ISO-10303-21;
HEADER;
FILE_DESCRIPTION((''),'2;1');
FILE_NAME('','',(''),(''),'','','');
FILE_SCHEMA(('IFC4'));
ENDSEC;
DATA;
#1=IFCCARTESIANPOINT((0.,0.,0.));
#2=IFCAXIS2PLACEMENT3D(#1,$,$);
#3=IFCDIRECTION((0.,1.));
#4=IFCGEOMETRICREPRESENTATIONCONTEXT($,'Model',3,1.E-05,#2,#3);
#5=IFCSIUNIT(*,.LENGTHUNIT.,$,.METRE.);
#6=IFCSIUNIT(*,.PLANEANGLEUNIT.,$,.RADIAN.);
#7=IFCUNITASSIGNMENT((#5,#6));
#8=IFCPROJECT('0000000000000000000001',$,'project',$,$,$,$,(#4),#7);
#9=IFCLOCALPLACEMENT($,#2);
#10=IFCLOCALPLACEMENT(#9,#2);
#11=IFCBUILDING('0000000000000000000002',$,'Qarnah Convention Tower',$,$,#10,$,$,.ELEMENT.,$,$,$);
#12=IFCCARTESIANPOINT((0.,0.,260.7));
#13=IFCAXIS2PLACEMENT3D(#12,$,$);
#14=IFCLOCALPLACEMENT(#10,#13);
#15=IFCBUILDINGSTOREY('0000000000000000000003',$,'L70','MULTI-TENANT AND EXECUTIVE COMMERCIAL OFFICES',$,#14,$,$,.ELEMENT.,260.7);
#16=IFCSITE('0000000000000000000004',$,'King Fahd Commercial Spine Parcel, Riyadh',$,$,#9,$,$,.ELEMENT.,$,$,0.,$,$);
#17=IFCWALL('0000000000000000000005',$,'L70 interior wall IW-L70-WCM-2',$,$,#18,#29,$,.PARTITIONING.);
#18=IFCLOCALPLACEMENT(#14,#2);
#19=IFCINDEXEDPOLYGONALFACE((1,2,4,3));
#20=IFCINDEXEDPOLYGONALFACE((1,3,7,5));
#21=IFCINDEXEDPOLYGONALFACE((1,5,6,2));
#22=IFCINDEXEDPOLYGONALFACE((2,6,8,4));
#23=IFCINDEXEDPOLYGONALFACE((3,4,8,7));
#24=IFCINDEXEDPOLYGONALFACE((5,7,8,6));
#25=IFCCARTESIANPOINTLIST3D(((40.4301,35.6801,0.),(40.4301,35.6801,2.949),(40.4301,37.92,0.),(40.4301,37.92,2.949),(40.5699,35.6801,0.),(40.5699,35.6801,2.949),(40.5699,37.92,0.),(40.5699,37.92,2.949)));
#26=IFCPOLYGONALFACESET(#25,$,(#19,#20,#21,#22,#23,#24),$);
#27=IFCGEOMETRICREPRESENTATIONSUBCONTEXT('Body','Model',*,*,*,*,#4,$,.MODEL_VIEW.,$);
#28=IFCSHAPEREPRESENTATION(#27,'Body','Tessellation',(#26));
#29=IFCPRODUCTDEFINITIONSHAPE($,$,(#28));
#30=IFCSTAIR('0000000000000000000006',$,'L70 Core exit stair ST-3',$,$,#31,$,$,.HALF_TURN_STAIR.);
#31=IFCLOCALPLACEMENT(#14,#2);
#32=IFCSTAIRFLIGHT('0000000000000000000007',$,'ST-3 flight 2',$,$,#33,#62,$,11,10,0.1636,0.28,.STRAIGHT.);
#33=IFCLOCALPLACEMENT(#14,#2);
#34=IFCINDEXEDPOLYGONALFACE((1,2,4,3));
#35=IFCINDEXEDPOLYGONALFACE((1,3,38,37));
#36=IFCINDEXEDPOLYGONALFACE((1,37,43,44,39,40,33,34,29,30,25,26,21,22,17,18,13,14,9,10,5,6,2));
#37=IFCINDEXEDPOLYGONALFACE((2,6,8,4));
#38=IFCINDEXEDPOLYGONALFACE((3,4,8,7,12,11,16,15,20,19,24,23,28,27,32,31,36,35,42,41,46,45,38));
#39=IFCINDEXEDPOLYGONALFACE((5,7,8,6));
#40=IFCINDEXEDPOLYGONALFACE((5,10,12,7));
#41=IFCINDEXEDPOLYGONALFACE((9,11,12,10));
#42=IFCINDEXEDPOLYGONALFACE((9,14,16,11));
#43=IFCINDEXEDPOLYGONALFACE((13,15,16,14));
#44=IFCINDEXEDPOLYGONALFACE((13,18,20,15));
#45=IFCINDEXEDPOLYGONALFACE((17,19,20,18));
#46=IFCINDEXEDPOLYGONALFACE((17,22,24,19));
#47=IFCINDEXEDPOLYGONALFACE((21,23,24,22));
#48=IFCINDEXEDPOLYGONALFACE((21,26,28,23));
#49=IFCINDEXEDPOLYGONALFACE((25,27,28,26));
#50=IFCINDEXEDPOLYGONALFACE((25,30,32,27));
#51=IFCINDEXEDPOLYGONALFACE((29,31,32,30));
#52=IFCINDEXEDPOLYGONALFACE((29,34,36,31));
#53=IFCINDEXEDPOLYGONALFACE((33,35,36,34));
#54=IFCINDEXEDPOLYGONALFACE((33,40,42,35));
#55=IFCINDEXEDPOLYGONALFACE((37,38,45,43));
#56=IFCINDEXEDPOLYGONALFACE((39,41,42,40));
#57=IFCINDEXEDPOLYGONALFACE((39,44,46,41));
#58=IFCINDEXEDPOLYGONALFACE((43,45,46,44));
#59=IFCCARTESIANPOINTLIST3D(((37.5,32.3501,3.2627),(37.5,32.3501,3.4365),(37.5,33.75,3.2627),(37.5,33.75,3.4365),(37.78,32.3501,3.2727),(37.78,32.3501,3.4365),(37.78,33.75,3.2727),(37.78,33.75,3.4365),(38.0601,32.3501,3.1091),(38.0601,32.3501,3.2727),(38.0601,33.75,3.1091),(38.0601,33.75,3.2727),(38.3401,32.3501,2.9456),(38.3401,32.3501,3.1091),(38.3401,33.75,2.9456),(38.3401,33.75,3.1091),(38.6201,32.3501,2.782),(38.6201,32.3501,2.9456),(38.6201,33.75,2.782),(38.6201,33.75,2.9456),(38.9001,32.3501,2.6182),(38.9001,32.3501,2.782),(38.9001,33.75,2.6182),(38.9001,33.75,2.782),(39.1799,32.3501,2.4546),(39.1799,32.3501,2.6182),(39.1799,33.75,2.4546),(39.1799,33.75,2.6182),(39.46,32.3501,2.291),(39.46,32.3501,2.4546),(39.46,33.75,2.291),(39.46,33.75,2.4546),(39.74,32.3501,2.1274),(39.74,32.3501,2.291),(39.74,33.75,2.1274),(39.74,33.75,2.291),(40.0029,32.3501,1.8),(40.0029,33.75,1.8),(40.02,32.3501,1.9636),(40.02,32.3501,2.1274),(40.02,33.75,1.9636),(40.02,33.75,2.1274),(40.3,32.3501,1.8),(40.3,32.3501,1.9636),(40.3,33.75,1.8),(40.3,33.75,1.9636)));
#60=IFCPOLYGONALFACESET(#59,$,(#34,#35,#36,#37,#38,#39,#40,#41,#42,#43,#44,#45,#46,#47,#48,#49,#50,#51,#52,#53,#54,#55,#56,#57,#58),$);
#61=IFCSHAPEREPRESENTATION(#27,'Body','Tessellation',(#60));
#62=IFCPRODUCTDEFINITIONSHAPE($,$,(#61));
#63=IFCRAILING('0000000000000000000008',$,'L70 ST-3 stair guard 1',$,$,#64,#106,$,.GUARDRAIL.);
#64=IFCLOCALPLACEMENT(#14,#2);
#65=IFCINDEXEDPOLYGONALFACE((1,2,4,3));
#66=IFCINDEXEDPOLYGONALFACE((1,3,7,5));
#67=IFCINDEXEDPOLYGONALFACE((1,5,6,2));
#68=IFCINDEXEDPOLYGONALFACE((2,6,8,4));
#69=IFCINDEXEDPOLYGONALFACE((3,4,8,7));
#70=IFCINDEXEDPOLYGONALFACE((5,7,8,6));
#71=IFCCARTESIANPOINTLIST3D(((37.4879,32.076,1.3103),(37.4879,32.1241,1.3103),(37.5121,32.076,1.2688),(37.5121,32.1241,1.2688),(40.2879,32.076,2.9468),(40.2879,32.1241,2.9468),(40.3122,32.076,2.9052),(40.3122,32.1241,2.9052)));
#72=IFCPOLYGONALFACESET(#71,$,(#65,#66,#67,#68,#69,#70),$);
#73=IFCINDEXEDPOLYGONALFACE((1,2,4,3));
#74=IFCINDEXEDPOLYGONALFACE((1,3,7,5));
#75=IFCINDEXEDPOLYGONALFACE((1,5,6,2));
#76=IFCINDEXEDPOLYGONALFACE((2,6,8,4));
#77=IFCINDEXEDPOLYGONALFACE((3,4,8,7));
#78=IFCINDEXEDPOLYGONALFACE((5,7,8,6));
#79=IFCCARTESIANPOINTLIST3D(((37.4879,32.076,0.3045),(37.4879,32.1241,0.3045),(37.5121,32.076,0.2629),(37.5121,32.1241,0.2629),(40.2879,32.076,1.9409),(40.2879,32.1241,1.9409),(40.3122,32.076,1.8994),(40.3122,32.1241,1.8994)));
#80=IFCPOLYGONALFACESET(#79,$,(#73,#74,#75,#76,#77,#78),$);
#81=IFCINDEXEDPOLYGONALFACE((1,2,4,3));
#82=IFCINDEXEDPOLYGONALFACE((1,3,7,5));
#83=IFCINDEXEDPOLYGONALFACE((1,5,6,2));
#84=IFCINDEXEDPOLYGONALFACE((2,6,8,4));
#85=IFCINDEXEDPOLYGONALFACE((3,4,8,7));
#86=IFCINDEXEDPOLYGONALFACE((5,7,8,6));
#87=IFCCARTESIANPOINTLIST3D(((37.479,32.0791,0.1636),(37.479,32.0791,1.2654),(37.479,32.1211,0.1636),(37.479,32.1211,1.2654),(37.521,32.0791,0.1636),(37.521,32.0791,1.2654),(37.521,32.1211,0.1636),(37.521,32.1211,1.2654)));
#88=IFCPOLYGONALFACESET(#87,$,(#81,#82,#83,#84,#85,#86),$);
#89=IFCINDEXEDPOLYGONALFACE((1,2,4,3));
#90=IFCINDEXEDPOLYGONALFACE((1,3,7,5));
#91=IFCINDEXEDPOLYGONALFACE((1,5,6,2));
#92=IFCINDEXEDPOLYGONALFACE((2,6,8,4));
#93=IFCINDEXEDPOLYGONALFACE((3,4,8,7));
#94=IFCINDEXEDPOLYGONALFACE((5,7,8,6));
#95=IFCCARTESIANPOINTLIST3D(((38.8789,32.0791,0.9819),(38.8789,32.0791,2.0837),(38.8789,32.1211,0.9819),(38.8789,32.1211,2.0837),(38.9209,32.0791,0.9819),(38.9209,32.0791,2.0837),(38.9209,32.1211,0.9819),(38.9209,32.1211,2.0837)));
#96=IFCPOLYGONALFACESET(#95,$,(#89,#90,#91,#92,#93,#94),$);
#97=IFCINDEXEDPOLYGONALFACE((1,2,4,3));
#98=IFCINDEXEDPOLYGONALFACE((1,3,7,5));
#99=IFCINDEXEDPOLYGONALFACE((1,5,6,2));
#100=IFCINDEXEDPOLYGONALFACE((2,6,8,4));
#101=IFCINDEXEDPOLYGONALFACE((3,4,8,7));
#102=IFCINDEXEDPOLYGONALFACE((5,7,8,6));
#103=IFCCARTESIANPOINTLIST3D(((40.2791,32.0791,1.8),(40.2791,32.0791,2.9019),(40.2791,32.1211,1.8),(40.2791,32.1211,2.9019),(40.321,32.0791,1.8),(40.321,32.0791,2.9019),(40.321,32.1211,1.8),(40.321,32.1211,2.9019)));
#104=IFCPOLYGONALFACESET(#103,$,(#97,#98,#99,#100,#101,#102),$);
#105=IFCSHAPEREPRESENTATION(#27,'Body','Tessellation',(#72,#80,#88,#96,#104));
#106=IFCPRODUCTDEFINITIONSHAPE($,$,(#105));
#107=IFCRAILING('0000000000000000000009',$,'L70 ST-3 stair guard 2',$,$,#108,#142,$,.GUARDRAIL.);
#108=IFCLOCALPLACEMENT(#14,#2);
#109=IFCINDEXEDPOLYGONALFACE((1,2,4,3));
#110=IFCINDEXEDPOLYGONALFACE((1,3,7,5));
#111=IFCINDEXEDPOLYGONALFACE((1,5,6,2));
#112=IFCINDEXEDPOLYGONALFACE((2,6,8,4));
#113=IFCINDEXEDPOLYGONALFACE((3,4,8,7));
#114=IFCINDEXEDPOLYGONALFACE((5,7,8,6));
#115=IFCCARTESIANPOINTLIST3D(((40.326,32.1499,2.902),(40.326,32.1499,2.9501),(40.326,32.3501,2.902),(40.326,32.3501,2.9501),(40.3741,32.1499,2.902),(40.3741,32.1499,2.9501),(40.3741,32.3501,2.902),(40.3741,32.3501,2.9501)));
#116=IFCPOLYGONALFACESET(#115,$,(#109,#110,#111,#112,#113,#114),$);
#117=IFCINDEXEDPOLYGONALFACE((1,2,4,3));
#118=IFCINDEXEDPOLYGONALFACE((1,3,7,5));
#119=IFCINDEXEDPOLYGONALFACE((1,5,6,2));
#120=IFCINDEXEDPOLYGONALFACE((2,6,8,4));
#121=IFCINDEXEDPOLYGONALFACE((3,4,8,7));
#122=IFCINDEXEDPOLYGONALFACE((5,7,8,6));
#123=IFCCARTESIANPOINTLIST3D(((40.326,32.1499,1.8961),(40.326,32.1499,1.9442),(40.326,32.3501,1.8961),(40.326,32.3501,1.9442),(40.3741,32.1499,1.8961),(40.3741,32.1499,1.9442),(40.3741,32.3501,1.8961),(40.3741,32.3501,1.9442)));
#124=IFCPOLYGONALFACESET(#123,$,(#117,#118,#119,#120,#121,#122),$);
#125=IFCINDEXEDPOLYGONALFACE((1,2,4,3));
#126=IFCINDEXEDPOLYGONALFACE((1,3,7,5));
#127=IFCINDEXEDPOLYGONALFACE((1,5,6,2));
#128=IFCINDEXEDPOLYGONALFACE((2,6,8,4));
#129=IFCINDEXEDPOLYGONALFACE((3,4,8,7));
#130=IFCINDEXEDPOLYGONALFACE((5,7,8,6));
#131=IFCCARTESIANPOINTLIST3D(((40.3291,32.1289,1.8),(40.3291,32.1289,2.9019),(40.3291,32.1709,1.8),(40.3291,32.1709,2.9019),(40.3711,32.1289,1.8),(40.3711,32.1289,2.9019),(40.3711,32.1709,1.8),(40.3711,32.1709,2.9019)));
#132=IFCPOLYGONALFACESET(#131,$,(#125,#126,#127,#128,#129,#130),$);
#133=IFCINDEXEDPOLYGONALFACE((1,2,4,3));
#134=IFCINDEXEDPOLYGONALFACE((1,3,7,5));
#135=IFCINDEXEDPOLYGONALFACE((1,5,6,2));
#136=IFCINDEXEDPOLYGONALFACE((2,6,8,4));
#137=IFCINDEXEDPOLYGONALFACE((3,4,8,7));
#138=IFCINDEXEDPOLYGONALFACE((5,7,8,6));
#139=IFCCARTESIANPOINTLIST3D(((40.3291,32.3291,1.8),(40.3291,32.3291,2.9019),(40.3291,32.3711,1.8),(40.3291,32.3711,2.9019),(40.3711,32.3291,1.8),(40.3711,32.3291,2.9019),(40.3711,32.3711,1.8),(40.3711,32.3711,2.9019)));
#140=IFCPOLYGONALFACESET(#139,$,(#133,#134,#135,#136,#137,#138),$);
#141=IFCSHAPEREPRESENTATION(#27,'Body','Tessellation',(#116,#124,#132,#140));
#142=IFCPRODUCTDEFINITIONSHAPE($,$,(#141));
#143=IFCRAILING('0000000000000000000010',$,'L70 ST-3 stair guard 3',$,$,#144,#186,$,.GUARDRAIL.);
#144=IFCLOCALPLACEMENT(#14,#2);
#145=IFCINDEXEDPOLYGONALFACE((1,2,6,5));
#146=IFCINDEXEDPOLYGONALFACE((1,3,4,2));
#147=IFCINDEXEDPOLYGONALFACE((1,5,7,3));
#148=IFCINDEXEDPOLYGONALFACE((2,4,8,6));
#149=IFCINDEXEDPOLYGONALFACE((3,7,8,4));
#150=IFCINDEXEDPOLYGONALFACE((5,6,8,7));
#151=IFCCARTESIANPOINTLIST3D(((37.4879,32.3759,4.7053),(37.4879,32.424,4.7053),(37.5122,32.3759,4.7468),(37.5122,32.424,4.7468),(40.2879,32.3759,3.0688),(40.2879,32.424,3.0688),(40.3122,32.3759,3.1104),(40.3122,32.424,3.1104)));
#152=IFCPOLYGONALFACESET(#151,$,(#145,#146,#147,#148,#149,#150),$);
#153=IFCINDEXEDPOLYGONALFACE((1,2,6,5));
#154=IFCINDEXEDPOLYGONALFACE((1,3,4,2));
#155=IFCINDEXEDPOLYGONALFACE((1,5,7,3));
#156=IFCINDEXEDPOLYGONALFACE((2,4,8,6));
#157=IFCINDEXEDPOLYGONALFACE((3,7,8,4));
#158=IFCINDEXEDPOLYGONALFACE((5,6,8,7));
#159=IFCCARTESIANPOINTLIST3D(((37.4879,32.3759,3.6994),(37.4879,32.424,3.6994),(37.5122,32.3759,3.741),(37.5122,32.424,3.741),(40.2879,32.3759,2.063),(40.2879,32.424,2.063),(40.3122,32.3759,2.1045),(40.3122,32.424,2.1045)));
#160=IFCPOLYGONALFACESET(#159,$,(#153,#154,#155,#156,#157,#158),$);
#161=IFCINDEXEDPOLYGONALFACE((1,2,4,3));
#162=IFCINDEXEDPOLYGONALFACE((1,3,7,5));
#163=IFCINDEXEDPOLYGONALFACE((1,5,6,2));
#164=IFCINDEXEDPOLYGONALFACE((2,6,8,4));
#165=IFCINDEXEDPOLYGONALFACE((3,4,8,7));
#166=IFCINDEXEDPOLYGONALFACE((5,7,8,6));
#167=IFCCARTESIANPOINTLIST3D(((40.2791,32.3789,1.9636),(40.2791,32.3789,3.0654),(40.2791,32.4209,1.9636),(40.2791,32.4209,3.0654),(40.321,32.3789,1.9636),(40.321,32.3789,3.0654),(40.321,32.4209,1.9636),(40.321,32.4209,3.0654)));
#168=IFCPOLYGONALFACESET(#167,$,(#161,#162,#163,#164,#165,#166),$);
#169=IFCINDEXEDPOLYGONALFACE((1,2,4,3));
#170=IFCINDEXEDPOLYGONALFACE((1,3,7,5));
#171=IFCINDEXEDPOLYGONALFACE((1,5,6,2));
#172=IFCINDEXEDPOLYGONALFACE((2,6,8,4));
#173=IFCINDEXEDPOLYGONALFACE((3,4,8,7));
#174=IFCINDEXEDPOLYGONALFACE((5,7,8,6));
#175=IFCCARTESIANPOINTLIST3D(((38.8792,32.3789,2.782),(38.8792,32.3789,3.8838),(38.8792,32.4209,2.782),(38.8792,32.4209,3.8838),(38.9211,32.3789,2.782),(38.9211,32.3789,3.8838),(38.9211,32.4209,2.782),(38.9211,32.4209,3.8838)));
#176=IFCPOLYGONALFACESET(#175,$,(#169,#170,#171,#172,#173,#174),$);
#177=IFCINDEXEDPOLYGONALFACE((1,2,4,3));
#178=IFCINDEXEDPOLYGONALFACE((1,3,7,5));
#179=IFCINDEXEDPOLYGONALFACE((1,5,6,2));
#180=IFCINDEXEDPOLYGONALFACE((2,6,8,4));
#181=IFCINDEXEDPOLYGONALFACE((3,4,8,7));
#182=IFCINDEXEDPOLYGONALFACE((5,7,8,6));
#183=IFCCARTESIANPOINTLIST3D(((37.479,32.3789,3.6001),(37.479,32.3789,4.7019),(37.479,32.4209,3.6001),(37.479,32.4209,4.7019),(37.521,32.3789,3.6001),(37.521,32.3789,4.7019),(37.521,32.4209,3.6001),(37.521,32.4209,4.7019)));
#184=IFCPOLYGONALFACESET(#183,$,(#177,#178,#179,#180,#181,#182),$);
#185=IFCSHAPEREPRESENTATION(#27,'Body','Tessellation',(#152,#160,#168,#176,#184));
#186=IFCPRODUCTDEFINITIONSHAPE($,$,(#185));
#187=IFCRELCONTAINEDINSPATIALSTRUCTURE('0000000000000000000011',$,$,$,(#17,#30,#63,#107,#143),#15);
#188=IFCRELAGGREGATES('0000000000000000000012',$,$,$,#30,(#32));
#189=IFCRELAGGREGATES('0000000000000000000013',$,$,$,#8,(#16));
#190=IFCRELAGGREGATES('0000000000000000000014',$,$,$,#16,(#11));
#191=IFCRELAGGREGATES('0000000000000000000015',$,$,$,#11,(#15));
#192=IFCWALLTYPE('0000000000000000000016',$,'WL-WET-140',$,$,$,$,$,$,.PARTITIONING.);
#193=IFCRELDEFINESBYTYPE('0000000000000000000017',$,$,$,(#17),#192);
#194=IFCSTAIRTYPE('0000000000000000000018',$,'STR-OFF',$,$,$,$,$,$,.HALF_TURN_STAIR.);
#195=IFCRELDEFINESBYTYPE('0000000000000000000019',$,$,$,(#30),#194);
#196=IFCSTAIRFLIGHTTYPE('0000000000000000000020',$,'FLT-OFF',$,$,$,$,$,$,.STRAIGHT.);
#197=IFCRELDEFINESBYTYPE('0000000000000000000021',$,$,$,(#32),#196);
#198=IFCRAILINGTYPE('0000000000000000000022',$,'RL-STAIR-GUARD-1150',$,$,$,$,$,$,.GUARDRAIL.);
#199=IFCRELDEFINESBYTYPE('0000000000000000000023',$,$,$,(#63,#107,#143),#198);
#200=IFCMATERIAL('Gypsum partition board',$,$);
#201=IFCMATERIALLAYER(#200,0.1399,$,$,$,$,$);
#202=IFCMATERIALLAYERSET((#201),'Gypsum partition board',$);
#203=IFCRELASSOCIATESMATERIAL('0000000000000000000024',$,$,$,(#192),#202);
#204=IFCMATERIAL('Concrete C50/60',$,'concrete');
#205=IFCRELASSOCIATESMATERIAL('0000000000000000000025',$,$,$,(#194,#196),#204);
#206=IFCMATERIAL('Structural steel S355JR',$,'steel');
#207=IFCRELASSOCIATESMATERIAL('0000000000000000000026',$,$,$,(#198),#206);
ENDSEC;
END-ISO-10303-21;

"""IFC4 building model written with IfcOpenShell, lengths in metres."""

from ifc_helpers import new_model, si_unit, direction, frame, frame_2d, origin, origin_2d, place, context, subcontext, project, spatial, polyline, rectangle, outline, extrude, material, layer, layer_set, type_object, element, aggregate, save


model = new_model("IFC4")

# Units and contexts
model_context = context("Model", 3, precision=1e-05, world=origin(), true_north=direction((0.0, 1.0)))
body_context = subcontext(model_context, "Body", "Model", "MODEL_VIEW")
ifc_project = project(units=[si_unit("LENGTHUNIT", "METRE"), si_unit("PLANEANGLEUNIT", "RADIAN")], contexts=[model_context])

# Site, building, storey
site_placement = place(None, origin())
site = spatial("IfcSite", under=ifc_project, at=site_placement, Name="King Fahd Commercial Spine Parcel, Riyadh", CompositionType="ELEMENT", RefElevation=0.0)
building_placement = place(site_placement, origin())
building = spatial("IfcBuilding", under=site, at=building_placement, Name="Qarnah Convention Tower", CompositionType="ELEMENT")
storey_placement = place(building_placement, frame((0.0, 0.0, 260.7)))
storey = spatial("IfcBuildingStorey", under=building, at=storey_placement, Name="L70", Description="MULTI-TENANT AND EXECUTIVE COMMERCIAL OFFICES", CompositionType="ELEMENT", Elevation=260.7)

# Shared definitions
ifc_material_1 = material(Name="Concrete C50/60", Category="concrete")

# Shared definitions
ifc_material_2 = material(Name="Structural steel S355JR", Category="steel")

# Wall
ifc_material_3 = material(Name="Gypsum partition board")
ifc_layer_1 = layer(ifc_material_3, 0.1399)
ifc_layer_set_1 = layer_set([ifc_layer_1], Name="Gypsum partition board")
wall_type_1 = type_object("IfcWallType", Name="WL-WET-140", PredefinedType="PARTITIONING", material=ifc_layer_set_1)
wall_1_placement = place(storey_placement, frame((40.5, 35.6799, 0.0), z_axis=(0.0, 0.0, 1.0), x_axis=(0.0, 1.0, 0.0)))
element("IfcWall", 1, at=wall_1_placement, inside=storey, type_object=wall_type_1, Name="L70 interior wall IW-L70-WCM-2", PredefinedType="PARTITIONING", context=body_context, shape_type="SweptSolid", body=[
    extrude(rectangle(XDim=2.24, YDim=0.1399, at=frame_2d((1.1201, 0.0))), origin(), (0.0, 0.0, 1.0), 2.949),
])

# Stair, stair flight
stair_type = type_object("IfcStairType", Name="STR-OFF", PredefinedType="HALF_TURN_STAIR", material=ifc_material_1)
stair_placement = place(storey_placement, origin())
stair = element("IfcStair", 2, at=stair_placement, inside=storey, type_object=stair_type, Name="L70 Core exit stair ST-3", PredefinedType="HALF_TURN_STAIR")
stair_flight_type = type_object("IfcStairFlightType", Name="FLT-OFF", PredefinedType="STRAIGHT", material=ifc_material_1)
stair_flight_placement = place(storey_placement, frame((40.3, 33.05, 1.8), z_axis=(0.0, 0.0, 1.0), x_axis=(-1.0, 0.0, 0.0)))
stair_flight = element("IfcStairFlight", 3, at=stair_flight_placement, type_object=stair_flight_type, Name="ST-3 flight 2", NumberOfRisers=11, NumberOfTreads=10, PredefinedType="STRAIGHT", RiserHeight=0.1636, TreadLength=0.28, context=body_context, shape_type="SweptSolid", body=[
    extrude(outline(polyline([(0.0, 0.0), (0.0, 0.1636), (0.28, 0.1636), (0.28, 0.3274), (0.5601, 0.3274), (0.5601, 0.491), (0.8401, 0.491), (0.8401, 0.6545), (1.1201, 0.6545), (1.1201, 0.8181), (1.3999, 0.8181), (1.3999, 0.9819), (1.6799, 0.9819), (1.6799, 1.1455), (1.96, 1.1455), (1.96, 1.3091), (2.24, 1.3091), (2.24, 1.4727), (2.52, 1.4727), (2.52, 1.6365), (2.8, 1.6365), (2.8, 1.8), (2.8, 1.4626), (0.2971, 0.0), (0.0, 0.0)])), frame((0.0, 0.7, 0.0), z_axis=(0.0, -1.0, 0.0), x_axis=(1.0, 0.0, 0.0)), (0.0, 0.0, 1.0), 1.3999),
])
aggregate(stair, [stair_flight])

# Railings
railing_type_1 = type_object("IfcRailingType", Name="RL-STAIR-GUARD-1150", PredefinedType="GUARDRAIL", material=ifc_material_2)
railing_1_placement = place(storey_placement, frame((37.5, 32.1001, 0.1636)))
element("IfcRailing", 4, at=railing_1_placement, inside=storey, type_object=railing_type_1, Name="L70 ST-3 stair guard 1", PredefinedType="GUARDRAIL", context=body_context, shape_type="SweptSolid", body=[
    extrude(rectangle(XDim=0.0481, YDim=0.0481, at=origin_2d()), frame((0.0, 0.0, 1.126), z_axis=(0.863361, 0.0, 0.504587), x_axis=(0.0, 1.0, 0.0)), (0.0, 0.0, 1.0), 3.2432),
    extrude(rectangle(XDim=0.0481, YDim=0.0481, at=origin_2d()), frame((0.0, 0.0, 0.1201), z_axis=(0.863361, 0.0, 0.504587), x_axis=(0.0, 1.0, 0.0)), (0.0, 0.0, 1.0), 3.2432),
    extrude(rectangle(XDim=0.042, YDim=0.042, at=origin_2d()), origin(), (0.0, 0.0, 1.0), 1.1018),
    extrude(rectangle(XDim=0.042, YDim=0.042, at=origin_2d()), frame((1.3999, 0.0, 0.8184)), (0.0, 0.0, 1.0), 1.1018),
    extrude(rectangle(XDim=0.042, YDim=0.042, at=origin_2d()), frame((2.8, 0.0, 1.6365)), (0.0, 0.0, 1.0), 1.1018),
])
railing_2_placement = place(storey_placement, frame((40.3501, 32.1499, 1.8)))
element("IfcRailing", 5, at=railing_2_placement, inside=storey, type_object=railing_type_1, Name="L70 ST-3 stair guard 2", PredefinedType="GUARDRAIL", context=body_context, shape_type="SweptSolid", body=[
    extrude(rectangle(XDim=0.0481, YDim=0.0481, at=origin_2d()), frame((0.0, 0.0, 1.126), z_axis=(0.0, 1.0, 0.0), x_axis=(-1.0, 0.0, 0.0)), (0.0, 0.0, 1.0), 0.2002),
    extrude(rectangle(XDim=0.0481, YDim=0.0481, at=origin_2d()), frame((0.0, 0.0, 0.1201), z_axis=(0.0, 1.0, 0.0), x_axis=(-1.0, 0.0, 0.0)), (0.0, 0.0, 1.0), 0.2002),
    extrude(rectangle(XDim=0.042, YDim=0.042, at=origin_2d()), origin(), (0.0, 0.0, 1.0), 1.1018),
    extrude(rectangle(XDim=0.042, YDim=0.042, at=origin_2d()), frame((0.0, 0.2002, 0.0)), (0.0, 0.0, 1.0), 1.1018),
])
railing_3_placement = place(storey_placement, frame((40.3, 32.3999, 1.9636)))
element("IfcRailing", 6, at=railing_3_placement, inside=storey, type_object=railing_type_1, Name="L70 ST-3 stair guard 3", PredefinedType="GUARDRAIL", context=body_context, shape_type="SweptSolid", body=[
    extrude(rectangle(XDim=0.0481, YDim=0.0481, at=origin_2d()), frame((0.0, 0.0, 1.126), z_axis=(-0.863361, 0.0, 0.504587), x_axis=(0.0, -1.0, 0.0)), (0.0, 0.0, 1.0), 3.2432),
    extrude(rectangle(XDim=0.0481, YDim=0.0481, at=origin_2d()), frame((0.0, 0.0, 0.1201), z_axis=(-0.863361, 0.0, 0.504587), x_axis=(0.0, -1.0, 0.0)), (0.0, 0.0, 1.0), 3.2432),
    extrude(rectangle(XDim=0.042, YDim=0.042, at=origin_2d()), origin(), (0.0, 0.0, 1.0), 1.1018),
    extrude(rectangle(XDim=0.042, YDim=0.042, at=origin_2d()), frame((-1.3999, 0.0, 0.8184)), (0.0, 0.0, 1.0), 1.1018),
    extrude(rectangle(XDim=0.042, YDim=0.042, at=origin_2d()), frame((-2.8, 0.0, 1.6365)), (0.0, 0.0, 1.0), 1.1018),
])

save(model, "model.ifc")
